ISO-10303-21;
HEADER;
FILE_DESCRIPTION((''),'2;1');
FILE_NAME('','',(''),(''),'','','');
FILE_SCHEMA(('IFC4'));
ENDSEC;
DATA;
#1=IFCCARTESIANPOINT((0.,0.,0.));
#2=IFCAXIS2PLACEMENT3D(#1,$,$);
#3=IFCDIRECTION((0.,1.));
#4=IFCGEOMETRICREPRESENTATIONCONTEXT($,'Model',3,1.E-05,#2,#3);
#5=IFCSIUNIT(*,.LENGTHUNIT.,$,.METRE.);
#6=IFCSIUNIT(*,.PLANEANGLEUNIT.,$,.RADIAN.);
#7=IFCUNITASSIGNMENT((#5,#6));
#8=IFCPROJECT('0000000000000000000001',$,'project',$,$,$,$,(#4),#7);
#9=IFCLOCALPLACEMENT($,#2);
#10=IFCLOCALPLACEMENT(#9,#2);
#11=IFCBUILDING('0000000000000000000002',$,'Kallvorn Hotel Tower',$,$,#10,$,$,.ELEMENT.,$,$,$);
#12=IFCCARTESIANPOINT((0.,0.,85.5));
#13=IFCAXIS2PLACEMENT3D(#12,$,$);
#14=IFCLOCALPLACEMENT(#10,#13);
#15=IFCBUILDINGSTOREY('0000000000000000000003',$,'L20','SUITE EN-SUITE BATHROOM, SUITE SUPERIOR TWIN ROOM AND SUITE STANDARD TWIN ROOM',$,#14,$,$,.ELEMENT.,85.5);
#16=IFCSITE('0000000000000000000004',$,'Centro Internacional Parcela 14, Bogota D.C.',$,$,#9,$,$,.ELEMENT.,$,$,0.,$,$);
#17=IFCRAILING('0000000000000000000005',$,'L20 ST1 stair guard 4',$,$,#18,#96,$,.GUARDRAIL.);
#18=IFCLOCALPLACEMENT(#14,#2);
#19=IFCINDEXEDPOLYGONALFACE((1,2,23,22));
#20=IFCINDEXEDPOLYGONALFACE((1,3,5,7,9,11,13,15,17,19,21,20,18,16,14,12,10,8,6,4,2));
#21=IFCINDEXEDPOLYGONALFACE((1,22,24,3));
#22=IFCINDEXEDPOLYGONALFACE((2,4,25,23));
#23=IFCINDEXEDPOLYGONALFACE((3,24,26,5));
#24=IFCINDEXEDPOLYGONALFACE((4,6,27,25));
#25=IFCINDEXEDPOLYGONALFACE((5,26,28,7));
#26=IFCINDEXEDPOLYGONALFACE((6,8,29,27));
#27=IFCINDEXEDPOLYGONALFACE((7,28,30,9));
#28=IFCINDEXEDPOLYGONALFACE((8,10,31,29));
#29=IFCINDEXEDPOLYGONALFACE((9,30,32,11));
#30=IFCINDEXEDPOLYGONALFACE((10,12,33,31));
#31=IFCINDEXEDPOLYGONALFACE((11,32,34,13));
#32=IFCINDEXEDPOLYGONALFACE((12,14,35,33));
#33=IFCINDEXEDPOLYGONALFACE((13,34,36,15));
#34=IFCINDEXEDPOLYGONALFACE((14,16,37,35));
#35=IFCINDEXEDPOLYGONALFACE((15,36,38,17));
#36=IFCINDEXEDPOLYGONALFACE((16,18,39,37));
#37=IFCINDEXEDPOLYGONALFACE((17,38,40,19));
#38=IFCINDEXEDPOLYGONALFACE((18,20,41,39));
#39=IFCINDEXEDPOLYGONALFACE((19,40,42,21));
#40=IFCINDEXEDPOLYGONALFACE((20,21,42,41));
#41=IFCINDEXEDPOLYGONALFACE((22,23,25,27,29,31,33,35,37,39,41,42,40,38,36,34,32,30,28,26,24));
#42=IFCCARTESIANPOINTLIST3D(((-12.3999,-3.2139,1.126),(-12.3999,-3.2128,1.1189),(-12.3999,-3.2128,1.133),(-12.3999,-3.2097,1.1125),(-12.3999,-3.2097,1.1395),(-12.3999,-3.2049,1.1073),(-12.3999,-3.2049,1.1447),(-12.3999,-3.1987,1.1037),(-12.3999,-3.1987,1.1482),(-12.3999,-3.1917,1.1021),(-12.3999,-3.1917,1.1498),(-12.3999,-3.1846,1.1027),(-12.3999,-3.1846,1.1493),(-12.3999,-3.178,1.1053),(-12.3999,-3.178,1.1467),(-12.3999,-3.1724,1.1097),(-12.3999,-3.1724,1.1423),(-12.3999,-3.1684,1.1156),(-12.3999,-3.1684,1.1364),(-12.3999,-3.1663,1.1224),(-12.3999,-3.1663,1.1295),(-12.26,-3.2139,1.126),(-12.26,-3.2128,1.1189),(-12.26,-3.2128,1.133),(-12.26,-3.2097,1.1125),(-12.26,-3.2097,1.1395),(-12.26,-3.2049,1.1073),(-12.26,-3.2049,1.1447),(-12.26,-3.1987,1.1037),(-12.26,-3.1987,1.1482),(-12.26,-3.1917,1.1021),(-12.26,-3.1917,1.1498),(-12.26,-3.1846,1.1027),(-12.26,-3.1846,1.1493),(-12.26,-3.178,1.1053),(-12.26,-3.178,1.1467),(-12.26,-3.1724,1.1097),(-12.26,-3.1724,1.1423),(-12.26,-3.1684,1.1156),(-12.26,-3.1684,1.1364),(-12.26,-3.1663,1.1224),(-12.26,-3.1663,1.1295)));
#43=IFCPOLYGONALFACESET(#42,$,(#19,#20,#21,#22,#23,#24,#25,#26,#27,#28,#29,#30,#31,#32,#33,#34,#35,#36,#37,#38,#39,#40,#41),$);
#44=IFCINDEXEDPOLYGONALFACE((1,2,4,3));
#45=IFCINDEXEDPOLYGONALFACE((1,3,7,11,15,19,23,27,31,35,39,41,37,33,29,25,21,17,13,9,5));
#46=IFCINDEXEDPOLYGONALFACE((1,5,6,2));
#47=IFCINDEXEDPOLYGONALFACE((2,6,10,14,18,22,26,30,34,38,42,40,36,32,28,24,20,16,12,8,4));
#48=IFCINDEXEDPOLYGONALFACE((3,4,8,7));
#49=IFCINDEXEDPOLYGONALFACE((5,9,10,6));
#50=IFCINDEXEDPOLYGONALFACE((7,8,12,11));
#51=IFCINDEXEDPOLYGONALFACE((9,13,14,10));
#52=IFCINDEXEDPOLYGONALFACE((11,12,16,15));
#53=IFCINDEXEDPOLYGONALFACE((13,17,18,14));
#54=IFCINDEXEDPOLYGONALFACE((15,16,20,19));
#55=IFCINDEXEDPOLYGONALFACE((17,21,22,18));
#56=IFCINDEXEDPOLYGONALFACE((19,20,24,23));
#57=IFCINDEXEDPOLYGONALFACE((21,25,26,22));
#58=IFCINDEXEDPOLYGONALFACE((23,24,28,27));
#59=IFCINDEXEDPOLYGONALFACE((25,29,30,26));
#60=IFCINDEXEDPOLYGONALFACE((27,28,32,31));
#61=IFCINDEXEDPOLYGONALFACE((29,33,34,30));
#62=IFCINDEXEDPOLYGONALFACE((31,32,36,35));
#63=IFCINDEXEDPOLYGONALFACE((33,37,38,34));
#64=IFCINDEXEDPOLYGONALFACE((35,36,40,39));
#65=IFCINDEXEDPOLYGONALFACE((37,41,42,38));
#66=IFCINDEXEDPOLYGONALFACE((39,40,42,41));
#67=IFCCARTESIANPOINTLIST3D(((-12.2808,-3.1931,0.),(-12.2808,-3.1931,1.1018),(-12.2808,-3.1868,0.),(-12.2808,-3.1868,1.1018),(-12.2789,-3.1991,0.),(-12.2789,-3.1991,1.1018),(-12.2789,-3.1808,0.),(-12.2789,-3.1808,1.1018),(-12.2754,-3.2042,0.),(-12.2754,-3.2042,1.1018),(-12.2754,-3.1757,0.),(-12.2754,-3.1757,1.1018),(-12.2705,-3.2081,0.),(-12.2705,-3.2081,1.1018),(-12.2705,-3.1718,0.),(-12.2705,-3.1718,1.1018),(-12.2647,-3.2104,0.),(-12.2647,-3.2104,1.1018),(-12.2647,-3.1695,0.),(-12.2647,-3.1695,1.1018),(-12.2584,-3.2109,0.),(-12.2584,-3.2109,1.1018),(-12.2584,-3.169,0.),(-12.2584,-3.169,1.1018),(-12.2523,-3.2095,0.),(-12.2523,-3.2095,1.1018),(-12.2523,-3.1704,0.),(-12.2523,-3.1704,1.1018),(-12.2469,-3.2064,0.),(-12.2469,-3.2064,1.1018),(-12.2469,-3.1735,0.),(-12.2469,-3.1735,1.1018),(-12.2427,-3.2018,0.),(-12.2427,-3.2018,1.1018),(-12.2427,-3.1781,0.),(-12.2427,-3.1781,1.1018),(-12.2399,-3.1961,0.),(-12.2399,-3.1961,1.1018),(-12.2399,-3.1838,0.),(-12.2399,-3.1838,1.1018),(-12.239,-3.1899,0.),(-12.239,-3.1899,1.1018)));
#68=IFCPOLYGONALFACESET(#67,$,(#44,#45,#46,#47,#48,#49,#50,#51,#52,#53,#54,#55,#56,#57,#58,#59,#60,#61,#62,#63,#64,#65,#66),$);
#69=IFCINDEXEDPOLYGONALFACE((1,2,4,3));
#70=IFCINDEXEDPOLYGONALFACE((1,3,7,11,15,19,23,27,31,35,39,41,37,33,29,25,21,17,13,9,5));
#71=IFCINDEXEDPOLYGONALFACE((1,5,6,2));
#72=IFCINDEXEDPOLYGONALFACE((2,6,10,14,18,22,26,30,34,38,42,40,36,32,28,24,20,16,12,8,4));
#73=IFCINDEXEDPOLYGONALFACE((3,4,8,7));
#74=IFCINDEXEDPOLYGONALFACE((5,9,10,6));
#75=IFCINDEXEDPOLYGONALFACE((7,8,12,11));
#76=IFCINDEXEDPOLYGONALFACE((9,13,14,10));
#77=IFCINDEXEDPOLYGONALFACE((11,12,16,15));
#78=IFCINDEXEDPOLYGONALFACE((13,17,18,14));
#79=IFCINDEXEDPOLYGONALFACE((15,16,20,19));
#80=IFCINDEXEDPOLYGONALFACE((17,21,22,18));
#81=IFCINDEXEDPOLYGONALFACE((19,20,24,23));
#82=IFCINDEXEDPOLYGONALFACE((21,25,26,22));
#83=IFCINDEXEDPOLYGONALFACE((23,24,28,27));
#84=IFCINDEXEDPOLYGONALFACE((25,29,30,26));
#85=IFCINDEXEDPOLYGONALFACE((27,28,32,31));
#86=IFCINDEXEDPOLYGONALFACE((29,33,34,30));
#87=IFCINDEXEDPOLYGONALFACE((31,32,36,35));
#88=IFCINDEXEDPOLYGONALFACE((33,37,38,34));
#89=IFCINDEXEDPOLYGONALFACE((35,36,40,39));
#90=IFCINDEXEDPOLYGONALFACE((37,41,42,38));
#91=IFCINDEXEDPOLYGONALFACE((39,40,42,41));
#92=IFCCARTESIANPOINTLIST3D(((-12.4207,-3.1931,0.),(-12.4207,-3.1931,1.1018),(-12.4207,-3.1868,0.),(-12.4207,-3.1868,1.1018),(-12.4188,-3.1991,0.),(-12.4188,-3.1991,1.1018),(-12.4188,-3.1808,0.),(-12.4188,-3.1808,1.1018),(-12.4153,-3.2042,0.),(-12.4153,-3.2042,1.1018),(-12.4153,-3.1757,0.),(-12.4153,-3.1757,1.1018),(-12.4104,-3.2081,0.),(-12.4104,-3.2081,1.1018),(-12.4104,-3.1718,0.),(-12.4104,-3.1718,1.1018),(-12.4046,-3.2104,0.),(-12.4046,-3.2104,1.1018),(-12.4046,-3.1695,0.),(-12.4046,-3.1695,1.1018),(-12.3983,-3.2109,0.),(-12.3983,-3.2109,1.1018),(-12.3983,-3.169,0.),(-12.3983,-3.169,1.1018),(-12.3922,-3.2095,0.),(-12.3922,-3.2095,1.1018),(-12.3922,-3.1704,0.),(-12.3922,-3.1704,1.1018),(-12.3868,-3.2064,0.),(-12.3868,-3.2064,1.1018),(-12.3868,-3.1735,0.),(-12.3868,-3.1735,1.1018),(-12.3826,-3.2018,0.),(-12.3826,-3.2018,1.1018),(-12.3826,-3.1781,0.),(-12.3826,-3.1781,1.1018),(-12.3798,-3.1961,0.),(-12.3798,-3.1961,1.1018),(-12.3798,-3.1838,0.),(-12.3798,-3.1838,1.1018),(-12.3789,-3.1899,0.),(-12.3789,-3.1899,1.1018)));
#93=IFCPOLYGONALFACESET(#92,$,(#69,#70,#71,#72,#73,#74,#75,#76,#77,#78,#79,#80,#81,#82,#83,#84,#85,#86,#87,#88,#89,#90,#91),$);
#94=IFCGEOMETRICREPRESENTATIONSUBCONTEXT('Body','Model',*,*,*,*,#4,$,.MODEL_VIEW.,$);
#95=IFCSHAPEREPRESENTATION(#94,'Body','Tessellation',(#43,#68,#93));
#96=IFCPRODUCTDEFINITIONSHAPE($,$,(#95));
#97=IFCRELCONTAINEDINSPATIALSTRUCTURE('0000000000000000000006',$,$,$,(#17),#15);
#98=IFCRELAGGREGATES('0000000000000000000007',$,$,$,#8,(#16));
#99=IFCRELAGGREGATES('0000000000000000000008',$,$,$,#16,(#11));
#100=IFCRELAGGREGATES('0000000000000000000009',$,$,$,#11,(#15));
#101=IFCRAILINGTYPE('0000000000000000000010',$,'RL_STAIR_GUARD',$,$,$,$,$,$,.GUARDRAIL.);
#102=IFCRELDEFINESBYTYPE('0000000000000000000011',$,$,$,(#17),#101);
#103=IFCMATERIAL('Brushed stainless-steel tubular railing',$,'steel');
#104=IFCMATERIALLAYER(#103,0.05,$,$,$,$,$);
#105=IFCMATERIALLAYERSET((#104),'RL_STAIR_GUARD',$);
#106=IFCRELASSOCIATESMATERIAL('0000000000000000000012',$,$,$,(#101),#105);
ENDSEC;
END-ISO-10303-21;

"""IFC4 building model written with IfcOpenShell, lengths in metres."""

from ifc_helpers import new_model, si_unit, direction, frame, origin, origin_2d, place, context, subcontext, project, spatial, circle, extrude, material, layer, layer_set, type_object, element, save


model = new_model("IFC4")

# Units and contexts
model_context = context("Model", 3, precision=1e-05, world=origin(), true_north=direction((0.0, 1.0)))
body_context = subcontext(model_context, "Body", "Model", "MODEL_VIEW")
ifc_project = project(units=[si_unit("LENGTHUNIT", "METRE"), si_unit("PLANEANGLEUNIT", "RADIAN")], contexts=[model_context])

# Site, building, storey
site_placement = place(None, origin())
site = spatial("IfcSite", under=ifc_project, at=site_placement, Name="Centro Internacional Parcela 14, Bogota D.C.", CompositionType="ELEMENT", RefElevation=0.0)
building_placement = place(site_placement, origin())
building = spatial("IfcBuilding", under=site, at=building_placement, Name="Kallvorn Hotel Tower", CompositionType="ELEMENT")
storey_placement = place(building_placement, frame((0.0, 0.0, 85.5)))
storey = spatial("IfcBuildingStorey", under=building, at=storey_placement, Name="L20", Description="SUITE EN-SUITE BATHROOM, SUITE SUPERIOR TWIN ROOM AND SUITE STANDARD TWIN ROOM", CompositionType="ELEMENT", Elevation=85.5)

# Railing
ifc_material_1 = material(Name="Brushed stainless-steel tubular railing", Category="steel")
ifc_layer_1 = layer(ifc_material_1, 0.05)
ifc_layer_set_1 = layer_set([ifc_layer_1], Name="RL_STAIR_GUARD")
railing_type_1 = type_object("IfcRailingType", Name="RL_STAIR_GUARD", PredefinedType="GUARDRAIL", material=ifc_layer_set_1)
railing_1_placement = place(storey_placement, frame((-12.26, -3.1899, 0.0)))
element("IfcRailing", 1, at=railing_1_placement, inside=storey, type_object=railing_type_1, Name="L20 ST1 stair guard 4", PredefinedType="GUARDRAIL", context=body_context, shape_type="SweptSolid", body=[
    extrude(circle(Radius=0.0239, at=origin_2d()), frame((0.0, 0.0, 1.126), z_axis=(-1.0, 0.0, 0.0), x_axis=(0.0, -1.0, 0.0)), (0.0, 0.0, 1.0), 0.1399),
    extrude(circle(Radius=0.021, at=origin_2d()), origin(), (0.0, 0.0, 1.0), 1.1018),
    extrude(circle(Radius=0.021, at=origin_2d()), frame((-0.1399, 0.0, 0.0)), (0.0, 0.0, 1.0), 1.1018),
])

save(model, "model.ifc")
